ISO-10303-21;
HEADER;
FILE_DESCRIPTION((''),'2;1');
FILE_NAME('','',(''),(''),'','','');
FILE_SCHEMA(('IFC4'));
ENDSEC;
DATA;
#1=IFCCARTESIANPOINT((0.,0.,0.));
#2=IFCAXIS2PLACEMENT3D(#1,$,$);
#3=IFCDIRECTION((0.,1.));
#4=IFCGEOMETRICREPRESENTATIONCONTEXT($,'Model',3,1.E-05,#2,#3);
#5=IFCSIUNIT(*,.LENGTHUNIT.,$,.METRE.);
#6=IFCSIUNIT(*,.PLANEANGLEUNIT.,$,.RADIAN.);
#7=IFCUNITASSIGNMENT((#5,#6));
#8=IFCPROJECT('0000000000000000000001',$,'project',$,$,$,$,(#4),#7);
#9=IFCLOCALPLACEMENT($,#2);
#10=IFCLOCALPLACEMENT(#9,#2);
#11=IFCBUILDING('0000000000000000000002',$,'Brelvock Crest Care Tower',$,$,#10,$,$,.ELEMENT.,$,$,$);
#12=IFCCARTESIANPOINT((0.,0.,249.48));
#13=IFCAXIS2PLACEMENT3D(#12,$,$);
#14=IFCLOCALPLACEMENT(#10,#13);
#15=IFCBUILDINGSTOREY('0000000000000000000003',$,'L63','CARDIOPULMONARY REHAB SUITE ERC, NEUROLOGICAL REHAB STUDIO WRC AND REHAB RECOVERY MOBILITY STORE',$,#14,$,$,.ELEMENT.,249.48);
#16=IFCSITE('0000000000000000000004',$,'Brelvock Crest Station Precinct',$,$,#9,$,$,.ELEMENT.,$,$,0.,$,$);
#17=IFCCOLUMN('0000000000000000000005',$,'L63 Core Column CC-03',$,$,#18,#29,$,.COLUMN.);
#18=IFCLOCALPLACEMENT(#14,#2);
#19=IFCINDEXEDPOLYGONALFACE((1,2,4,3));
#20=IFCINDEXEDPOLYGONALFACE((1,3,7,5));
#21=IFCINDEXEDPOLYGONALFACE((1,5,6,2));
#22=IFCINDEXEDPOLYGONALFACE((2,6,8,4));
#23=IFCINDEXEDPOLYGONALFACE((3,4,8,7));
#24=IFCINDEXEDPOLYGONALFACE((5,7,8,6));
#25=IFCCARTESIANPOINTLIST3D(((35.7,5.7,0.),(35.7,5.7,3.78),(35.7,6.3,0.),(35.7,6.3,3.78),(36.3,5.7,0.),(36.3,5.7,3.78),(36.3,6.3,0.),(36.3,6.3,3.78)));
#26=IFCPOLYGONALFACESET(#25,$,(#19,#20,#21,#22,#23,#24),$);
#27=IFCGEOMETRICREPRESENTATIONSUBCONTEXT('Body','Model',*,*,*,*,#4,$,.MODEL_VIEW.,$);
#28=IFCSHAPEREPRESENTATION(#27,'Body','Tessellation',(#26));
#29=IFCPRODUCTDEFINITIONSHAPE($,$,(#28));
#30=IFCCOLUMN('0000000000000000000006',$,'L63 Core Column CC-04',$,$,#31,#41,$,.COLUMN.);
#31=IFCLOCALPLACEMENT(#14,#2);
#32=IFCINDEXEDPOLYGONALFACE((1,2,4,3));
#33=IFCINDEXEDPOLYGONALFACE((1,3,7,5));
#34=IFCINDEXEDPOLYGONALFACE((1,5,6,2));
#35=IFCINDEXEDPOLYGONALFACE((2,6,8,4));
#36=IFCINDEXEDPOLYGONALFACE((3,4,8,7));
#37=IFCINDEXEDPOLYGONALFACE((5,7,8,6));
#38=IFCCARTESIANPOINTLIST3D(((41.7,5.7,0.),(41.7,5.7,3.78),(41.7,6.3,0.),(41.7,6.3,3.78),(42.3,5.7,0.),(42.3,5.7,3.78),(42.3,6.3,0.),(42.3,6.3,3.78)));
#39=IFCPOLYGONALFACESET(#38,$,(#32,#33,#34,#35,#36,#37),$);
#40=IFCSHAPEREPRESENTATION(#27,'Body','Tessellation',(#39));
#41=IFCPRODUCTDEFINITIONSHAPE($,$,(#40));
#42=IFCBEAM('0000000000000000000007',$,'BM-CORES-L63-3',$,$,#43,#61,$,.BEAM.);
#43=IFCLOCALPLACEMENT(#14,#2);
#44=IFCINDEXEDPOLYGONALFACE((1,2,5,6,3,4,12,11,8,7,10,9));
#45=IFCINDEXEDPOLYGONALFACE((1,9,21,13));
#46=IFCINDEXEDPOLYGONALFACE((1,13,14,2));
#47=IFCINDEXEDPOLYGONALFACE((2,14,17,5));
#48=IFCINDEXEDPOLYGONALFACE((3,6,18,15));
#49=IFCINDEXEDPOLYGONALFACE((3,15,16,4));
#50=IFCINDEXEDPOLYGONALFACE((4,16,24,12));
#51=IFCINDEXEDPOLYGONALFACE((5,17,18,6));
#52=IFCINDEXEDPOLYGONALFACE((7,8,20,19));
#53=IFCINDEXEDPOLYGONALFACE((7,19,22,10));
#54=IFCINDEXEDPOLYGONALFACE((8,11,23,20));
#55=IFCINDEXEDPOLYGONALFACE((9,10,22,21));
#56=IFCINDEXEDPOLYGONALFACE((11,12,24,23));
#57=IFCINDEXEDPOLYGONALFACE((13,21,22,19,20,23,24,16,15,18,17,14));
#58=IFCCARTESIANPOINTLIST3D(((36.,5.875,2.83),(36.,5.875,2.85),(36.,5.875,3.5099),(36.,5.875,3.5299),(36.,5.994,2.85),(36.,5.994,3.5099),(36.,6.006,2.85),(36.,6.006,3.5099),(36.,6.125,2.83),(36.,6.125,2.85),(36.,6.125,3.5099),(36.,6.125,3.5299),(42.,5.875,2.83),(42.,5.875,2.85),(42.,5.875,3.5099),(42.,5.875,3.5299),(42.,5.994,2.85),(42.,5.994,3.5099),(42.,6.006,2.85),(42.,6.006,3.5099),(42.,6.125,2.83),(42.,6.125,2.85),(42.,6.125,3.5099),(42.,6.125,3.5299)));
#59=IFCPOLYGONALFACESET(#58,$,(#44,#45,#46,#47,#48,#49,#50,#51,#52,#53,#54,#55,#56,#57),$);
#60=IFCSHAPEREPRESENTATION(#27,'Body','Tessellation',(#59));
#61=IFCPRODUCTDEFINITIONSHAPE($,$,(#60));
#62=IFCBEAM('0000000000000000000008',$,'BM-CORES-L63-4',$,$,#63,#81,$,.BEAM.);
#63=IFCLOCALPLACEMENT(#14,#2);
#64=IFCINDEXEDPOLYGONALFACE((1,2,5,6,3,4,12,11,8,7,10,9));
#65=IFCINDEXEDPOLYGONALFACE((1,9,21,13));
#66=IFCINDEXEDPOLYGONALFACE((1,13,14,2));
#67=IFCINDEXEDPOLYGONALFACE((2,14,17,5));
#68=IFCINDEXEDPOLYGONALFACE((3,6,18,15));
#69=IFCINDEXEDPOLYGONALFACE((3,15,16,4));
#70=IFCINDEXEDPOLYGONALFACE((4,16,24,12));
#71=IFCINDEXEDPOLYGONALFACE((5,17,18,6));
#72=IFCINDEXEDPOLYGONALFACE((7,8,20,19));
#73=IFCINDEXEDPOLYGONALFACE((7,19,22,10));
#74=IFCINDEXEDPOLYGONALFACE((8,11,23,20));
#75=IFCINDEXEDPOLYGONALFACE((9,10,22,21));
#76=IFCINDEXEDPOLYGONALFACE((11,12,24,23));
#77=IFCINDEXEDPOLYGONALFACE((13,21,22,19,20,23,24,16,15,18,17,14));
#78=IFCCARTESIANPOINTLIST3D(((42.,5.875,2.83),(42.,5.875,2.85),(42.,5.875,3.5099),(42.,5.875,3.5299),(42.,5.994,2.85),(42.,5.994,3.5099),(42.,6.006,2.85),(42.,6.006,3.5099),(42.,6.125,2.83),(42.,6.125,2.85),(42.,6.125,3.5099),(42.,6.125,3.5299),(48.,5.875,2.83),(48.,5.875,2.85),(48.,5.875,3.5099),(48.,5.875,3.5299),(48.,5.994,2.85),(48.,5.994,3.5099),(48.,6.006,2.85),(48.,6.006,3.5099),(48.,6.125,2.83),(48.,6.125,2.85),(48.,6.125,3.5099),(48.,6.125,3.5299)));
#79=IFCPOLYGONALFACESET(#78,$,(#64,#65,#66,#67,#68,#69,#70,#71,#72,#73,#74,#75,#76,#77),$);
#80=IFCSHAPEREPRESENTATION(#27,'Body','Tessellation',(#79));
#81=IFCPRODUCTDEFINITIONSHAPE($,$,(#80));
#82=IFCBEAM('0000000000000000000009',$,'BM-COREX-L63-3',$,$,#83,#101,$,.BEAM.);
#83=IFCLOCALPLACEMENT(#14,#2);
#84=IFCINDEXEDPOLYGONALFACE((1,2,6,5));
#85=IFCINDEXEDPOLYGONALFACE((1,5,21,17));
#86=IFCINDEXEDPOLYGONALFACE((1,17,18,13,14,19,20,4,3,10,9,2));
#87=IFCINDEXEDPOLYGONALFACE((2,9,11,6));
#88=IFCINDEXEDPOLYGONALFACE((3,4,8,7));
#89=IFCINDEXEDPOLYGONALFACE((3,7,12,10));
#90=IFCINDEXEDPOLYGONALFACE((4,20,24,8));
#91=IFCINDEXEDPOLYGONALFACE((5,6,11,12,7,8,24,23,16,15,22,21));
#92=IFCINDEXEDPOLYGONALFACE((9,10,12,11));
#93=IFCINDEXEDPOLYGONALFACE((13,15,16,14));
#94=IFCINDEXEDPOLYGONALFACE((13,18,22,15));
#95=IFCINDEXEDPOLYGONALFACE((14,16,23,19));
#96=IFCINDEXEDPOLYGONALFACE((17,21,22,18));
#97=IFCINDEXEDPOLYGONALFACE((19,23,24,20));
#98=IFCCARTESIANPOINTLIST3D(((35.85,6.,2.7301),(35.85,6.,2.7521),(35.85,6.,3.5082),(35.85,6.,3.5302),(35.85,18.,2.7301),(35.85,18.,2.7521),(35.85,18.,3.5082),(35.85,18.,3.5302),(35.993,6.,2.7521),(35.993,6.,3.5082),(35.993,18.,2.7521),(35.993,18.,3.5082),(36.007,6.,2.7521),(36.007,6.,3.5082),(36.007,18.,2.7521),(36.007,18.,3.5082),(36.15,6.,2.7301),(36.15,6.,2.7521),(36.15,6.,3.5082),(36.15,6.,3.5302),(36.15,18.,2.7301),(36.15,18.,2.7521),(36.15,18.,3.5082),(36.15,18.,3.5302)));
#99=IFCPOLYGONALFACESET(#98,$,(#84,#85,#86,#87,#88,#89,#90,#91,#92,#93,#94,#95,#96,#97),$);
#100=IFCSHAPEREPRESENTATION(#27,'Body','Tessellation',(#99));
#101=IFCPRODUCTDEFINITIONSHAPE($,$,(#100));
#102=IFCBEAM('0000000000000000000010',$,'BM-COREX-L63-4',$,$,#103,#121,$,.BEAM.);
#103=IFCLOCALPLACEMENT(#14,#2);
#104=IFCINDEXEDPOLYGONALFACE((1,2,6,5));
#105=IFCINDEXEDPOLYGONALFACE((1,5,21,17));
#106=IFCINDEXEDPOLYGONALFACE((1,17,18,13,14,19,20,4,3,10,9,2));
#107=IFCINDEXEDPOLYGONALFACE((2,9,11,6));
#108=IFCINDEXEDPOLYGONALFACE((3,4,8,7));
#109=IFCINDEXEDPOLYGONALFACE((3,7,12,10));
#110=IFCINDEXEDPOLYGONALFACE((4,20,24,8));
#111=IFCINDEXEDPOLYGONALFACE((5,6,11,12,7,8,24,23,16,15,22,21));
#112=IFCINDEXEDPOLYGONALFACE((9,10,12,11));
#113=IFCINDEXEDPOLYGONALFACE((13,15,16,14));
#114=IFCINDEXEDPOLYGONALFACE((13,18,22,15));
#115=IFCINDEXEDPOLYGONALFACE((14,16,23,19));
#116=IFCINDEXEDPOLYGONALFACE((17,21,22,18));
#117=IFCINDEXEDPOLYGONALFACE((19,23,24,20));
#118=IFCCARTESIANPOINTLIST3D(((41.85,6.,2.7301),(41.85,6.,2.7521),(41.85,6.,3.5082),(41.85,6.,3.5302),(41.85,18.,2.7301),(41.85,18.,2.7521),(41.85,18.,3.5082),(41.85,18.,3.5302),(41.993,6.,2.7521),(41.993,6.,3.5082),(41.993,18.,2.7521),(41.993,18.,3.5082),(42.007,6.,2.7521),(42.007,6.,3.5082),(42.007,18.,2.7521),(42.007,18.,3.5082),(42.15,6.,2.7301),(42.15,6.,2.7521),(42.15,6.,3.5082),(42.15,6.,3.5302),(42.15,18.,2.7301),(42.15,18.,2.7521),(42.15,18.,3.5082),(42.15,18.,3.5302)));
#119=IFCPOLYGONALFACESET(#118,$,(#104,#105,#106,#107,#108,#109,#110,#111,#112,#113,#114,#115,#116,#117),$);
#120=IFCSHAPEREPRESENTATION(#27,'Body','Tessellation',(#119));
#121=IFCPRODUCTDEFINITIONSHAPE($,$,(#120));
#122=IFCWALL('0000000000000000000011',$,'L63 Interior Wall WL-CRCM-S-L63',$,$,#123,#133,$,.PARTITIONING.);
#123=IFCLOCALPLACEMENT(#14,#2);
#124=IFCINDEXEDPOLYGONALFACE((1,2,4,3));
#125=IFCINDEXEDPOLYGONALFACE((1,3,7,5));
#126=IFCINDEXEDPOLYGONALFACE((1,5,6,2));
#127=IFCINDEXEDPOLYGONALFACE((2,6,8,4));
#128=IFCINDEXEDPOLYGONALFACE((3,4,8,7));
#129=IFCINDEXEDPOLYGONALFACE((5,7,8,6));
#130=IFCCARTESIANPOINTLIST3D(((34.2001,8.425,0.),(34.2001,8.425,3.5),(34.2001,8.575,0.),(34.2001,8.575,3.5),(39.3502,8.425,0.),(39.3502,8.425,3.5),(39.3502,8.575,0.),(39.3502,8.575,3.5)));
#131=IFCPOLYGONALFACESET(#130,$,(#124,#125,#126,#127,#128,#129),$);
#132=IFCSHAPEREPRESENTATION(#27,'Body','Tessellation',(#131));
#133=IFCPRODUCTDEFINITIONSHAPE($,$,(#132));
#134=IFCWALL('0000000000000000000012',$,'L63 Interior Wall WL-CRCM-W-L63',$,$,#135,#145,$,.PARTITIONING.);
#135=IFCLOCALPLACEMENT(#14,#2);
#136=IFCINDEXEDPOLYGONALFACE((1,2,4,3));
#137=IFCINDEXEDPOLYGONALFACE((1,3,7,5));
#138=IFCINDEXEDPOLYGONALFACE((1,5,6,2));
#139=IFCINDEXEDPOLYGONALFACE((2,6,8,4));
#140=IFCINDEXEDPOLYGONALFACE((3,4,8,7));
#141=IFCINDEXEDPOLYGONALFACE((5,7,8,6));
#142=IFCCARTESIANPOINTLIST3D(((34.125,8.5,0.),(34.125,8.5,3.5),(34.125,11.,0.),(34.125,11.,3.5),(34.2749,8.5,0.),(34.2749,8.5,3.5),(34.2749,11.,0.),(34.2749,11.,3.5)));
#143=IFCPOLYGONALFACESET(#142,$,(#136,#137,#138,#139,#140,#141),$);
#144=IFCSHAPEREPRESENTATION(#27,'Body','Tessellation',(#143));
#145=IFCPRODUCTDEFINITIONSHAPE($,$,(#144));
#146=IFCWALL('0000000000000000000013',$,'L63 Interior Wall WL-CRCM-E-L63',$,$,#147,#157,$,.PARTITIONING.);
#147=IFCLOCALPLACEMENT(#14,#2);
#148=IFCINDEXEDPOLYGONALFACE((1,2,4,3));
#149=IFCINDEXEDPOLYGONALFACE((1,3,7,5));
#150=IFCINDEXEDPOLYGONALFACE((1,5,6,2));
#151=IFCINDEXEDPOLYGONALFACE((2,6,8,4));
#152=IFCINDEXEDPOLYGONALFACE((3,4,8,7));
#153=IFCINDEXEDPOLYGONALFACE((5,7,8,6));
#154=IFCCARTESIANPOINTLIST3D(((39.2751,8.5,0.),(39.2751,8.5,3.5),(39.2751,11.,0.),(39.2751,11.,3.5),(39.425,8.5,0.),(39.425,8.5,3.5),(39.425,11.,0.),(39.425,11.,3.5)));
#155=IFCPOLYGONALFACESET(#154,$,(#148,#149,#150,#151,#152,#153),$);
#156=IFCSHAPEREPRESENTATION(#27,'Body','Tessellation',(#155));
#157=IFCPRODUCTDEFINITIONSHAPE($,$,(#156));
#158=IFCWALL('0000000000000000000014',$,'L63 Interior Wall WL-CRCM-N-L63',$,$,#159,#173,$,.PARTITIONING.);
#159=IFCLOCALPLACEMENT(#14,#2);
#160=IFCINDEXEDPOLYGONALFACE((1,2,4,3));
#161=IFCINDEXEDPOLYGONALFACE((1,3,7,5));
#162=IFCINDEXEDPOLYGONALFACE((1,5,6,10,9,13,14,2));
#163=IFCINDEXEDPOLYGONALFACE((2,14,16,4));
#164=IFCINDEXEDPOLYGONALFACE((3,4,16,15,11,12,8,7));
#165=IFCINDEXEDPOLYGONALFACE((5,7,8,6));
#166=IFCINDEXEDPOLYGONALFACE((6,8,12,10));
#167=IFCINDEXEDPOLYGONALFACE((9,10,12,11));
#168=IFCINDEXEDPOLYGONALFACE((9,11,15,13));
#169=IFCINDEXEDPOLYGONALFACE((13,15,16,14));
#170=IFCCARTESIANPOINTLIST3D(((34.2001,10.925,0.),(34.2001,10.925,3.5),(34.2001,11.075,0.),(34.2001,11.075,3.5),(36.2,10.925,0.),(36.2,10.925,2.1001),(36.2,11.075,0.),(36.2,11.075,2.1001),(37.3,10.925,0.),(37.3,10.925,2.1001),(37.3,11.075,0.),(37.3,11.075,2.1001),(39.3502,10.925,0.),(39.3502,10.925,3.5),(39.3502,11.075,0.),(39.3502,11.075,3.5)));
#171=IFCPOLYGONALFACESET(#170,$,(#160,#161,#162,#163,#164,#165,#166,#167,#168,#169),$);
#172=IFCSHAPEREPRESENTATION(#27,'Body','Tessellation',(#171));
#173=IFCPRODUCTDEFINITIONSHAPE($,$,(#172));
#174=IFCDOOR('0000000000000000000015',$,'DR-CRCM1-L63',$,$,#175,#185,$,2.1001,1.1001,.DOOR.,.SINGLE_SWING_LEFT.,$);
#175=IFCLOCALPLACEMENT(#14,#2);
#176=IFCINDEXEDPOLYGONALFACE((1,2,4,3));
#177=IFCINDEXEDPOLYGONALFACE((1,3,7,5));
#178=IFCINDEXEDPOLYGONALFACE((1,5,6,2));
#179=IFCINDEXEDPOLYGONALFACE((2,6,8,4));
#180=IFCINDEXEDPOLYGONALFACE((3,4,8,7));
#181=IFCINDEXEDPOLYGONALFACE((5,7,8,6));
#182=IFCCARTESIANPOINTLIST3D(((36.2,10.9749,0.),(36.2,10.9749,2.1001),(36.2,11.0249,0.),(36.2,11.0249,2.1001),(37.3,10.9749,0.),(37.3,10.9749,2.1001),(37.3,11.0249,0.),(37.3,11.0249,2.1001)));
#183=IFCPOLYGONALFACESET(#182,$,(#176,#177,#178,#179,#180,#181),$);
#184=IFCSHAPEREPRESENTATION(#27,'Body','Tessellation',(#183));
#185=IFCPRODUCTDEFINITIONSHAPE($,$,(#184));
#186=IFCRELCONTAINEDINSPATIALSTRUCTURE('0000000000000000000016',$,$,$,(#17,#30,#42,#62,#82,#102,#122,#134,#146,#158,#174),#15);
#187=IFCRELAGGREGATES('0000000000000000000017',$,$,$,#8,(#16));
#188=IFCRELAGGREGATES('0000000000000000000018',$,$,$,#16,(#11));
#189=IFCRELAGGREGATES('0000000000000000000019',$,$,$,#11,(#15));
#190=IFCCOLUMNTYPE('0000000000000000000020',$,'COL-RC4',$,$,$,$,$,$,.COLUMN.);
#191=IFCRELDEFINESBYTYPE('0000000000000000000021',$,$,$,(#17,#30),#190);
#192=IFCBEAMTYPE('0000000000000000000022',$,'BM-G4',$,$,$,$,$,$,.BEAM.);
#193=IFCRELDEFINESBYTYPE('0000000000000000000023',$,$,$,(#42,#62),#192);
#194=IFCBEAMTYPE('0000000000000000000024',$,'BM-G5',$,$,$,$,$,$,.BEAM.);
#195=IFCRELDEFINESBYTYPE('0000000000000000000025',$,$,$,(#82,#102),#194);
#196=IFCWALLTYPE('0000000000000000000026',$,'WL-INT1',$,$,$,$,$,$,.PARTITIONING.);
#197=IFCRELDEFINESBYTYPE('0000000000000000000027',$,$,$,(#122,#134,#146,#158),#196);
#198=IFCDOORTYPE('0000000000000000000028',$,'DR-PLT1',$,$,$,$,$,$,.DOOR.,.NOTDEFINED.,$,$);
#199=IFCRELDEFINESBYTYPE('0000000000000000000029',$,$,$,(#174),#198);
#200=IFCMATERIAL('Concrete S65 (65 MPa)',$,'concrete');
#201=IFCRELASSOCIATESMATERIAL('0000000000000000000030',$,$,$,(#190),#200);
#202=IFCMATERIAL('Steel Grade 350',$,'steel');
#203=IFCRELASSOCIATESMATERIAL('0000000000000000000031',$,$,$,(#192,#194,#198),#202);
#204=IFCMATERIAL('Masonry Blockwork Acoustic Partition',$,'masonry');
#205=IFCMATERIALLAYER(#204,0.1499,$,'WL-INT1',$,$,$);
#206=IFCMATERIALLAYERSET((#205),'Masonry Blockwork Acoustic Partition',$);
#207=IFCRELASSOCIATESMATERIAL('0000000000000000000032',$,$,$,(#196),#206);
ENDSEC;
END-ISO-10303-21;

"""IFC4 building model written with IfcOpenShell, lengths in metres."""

from ifc_helpers import new_model, si_unit, direction, frame, frame_2d, origin, origin_2d, place, context, subcontext, project, spatial, rectangle, i_section, extrude, source, transform, mapped, material, layer, layer_set, material_profile, profile_set, type_object, element, fill, save


model = new_model("IFC4")

# Units and contexts
model_context = context("Model", 3, precision=1e-05, world=origin(), true_north=direction((0.0, 1.0)))
body_context = subcontext(model_context, "Body", "Model", "MODEL_VIEW")
ifc_project = project(units=[si_unit("LENGTHUNIT", "METRE"), si_unit("PLANEANGLEUNIT", "RADIAN")], contexts=[model_context])

# Site, building, storey
site_placement = place(None, origin())
site = spatial("IfcSite", under=ifc_project, at=site_placement, Name="Brelvock Crest Station Precinct", CompositionType="ELEMENT", RefElevation=0.0)
building_placement = place(site_placement, origin())
building = spatial("IfcBuilding", under=site, at=building_placement, Name="Brelvock Crest Care Tower", CompositionType="ELEMENT")
storey_placement = place(building_placement, frame((0.0, 0.0, 249.48)))
storey = spatial("IfcBuildingStorey", under=building, at=storey_placement, Name="L63", Description="CARDIOPULMONARY REHAB SUITE ERC, NEUROLOGICAL REHAB STUDIO WRC AND REHAB RECOVERY MOBILITY STORE", CompositionType="ELEMENT", Elevation=249.48)

# Columns
ifc_material_1 = material(Name="Concrete S65 (65 MPa)", Category="concrete")
ifc_material_profile_1 = material_profile(ifc_material_1, rectangle(XDim=0.6001, YDim=0.6001, at=origin_2d()), Name="RC600x600")
ifc_profile_set_1 = profile_set([ifc_material_profile_1], Name="Concrete S65 (65 MPa)")
column_type = type_object("IfcColumnType", Name="COL-RC4", PredefinedType="COLUMN", material=ifc_profile_set_1)
shared_shape_1 = source(origin(), body_context, "Body", "SweptSolid", [
    extrude(rectangle(XDim=0.6001, YDim=0.6001, at=origin_2d()), origin(), (0.0, 0.0, 1.0), 3.78),
])
for number, where, z_axis, x_axis, name in (
    (1, (36.0, 6.0, 0.0), (0.0, 0.0, 1.0), (1.0, 0.0, 0.0), "L63 Core Column CC-03"),
    (2, (42.0, 6.0, 0.0), (0.0, 0.0, 1.0), (1.0, 0.0, 0.0), "L63 Core Column CC-04"),
):
    element("IfcColumn", number, at=place(storey_placement, frame(where, z_axis=z_axis, x_axis=x_axis)), inside=storey, type_object=column_type, Name=name, PredefinedType="COLUMN", context=body_context, shape_type="MappedRepresentation", body=[
        mapped(shared_shape_1, transform((0.0, 0.0, 0.0), x_axis=(1.0, 0.0, 0.0), y_axis=(0.0, 1.0, 0.0), z_axis=(0.0, 0.0, 1.0), scale=1.0)),
    ])

# Beams
ifc_material_2 = material(Name="Steel Grade 350", Category="steel")
ifc_material_profile_2 = material_profile(ifc_material_2, i_section(OverallWidth=0.25, OverallDepth=0.7, WebThickness=0.012, FlangeThickness=0.02, at=origin_2d()), Name="700WB150")
ifc_profile_set_2 = profile_set([ifc_material_profile_2], Name="Steel Grade 350")
beam_type_1 = type_object("IfcBeamType", Name="BM-G4", PredefinedType="BEAM", material=ifc_profile_set_2)
shared_shape_2 = source(origin(), body_context, "Body", "SweptSolid", [
    extrude(i_section(OverallWidth=0.25, OverallDepth=0.7, WebThickness=0.012, FlangeThickness=0.02, at=origin_2d()), origin(), (0.0, 0.0, 1.0), 6.0),
])
for number, where, z_axis, x_axis, name in (
    (3, (36.0, 6.0, 3.1799), (1.0, 0.0, 0.0), (0.0, 1.0, 0.0), "BM-CORES-L63-3"),
    (4, (42.0, 6.0, 3.1799), (1.0, 0.0, 0.0), (0.0, 1.0, 0.0), "BM-CORES-L63-4"),
):
    element("IfcBeam", number, at=place(storey_placement, frame(where, z_axis=z_axis, x_axis=x_axis)), inside=storey, type_object=beam_type_1, Name=name, PredefinedType="BEAM", context=body_context, shape_type="MappedRepresentation", body=[
        mapped(shared_shape_2, transform((0.0, 0.0, 0.0), x_axis=(1.0, 0.0, 0.0), y_axis=(0.0, 1.0, 0.0), z_axis=(0.0, 0.0, 1.0), scale=1.0)),
    ])
ifc_material_profile_3 = material_profile(ifc_material_2, i_section(OverallWidth=0.3, OverallDepth=0.8, WebThickness=0.0139, FlangeThickness=0.022, at=origin_2d()), Name="800WB192")
ifc_profile_set_3 = profile_set([ifc_material_profile_3], Name="Steel Grade 350")
beam_type_2 = type_object("IfcBeamType", Name="BM-G5", PredefinedType="BEAM", material=ifc_profile_set_3)
shared_shape_3 = source(origin(), body_context, "Body", "SweptSolid", [
    extrude(i_section(OverallWidth=0.3, OverallDepth=0.8, WebThickness=0.0139, FlangeThickness=0.022, at=origin_2d()), origin(), (0.0, 0.0, 1.0), 12.0),
])
for number, where, z_axis, x_axis, name in (
    (5, (36.0, 6.0, 3.1301), (0.0, 1.0, 0.0), (-1.0, 0.0, 0.0), "BM-COREX-L63-3"),
    (6, (42.0, 6.0, 3.1301), (0.0, 1.0, 0.0), (-1.0, 0.0, 0.0), "BM-COREX-L63-4"),
):
    element("IfcBeam", number, at=place(storey_placement, frame(where, z_axis=z_axis, x_axis=x_axis)), inside=storey, type_object=beam_type_2, Name=name, PredefinedType="BEAM", context=body_context, shape_type="MappedRepresentation", body=[
        mapped(shared_shape_3, transform((0.0, 0.0, 0.0), x_axis=(1.0, 0.0, 0.0), y_axis=(0.0, 1.0, 0.0), z_axis=(0.0, 0.0, 1.0), scale=1.0)),
    ])

# Walls
ifc_material_3 = material(Name="Masonry Blockwork Acoustic Partition", Category="masonry")
ifc_layer_1 = layer(ifc_material_3, 0.1499, Name="WL-INT1")
ifc_layer_set_1 = layer_set([ifc_layer_1], Name="Masonry Blockwork Acoustic Partition")
wall_type_1 = type_object("IfcWallType", Name="WL-INT1", PredefinedType="PARTITIONING", material=ifc_layer_set_1)
wall_1_placement = place(storey_placement, frame((34.2, 8.5, 0.0), z_axis=(0.0, 0.0, 1.0), x_axis=(1.0, 0.0, 0.0)))
element("IfcWall", 7, at=wall_1_placement, inside=storey, type_object=wall_type_1, Name="L63 Interior Wall WL-CRCM-S-L63", PredefinedType="PARTITIONING", context=body_context, shape_type="SweptSolid", body=[
    extrude(rectangle(XDim=5.1501, YDim=0.1499, at=frame_2d((2.5752, 0.0))), origin(), (0.0, 0.0, 1.0), 3.5),
])
for number, where, z_axis, x_axis, name in (
    (8, (34.2, 8.5, 0.0), (0.0, 0.0, 1.0), (0.0, 1.0, 0.0), "L63 Interior Wall WL-CRCM-W-L63"),
    (9, (39.3501, 8.5, 0.0), (0.0, 0.0, 1.0), (0.0, 1.0, 0.0), "L63 Interior Wall WL-CRCM-E-L63"),
):
    element("IfcWall", number, at=place(storey_placement, frame(where, z_axis=z_axis, x_axis=x_axis)), inside=storey, type_object=wall_type_1, Name=name, PredefinedType="PARTITIONING", context=body_context, shape_type="SweptSolid", body=[
        extrude(rectangle(XDim=2.5, YDim=0.1499, at=frame_2d((1.25, 0.0))), origin(), (0.0, 0.0, 1.0), 3.5),
    ])

# Wall, opening, door
wall_2_placement = place(storey_placement, frame((34.2, 11.0, 0.0), z_axis=(0.0, 0.0, 1.0), x_axis=(1.0, 0.0, 0.0)))
wall_2 = element("IfcWall", 10, at=wall_2_placement, inside=storey, type_object=wall_type_1, Name="L63 Interior Wall WL-CRCM-N-L63", PredefinedType="PARTITIONING", context=body_context, shape_type="SweptSolid", body=[
    extrude(rectangle(XDim=5.1501, YDim=0.1499, at=frame_2d((2.5752, 0.0))), origin(), (0.0, 0.0, 1.0), 3.5),
])
opening_1_placement = place(wall_2_placement, frame((2.0, 0.0, 0.0)))
opening_1 = element("IfcOpeningElement", 11, at=opening_1_placement, cuts=wall_2, PredefinedType="OPENING", context=body_context, shape_type="SweptSolid", body=[
    extrude(rectangle(XDim=1.1001, YDim=2.1001, at=origin_2d()), frame((0.55, 0.085, 1.05), z_axis=(0.0, -1.0, 0.0), x_axis=(1.0, 0.0, 0.0)), (0.0, 0.0, 1.0), 0.1699),
])
door_type_1 = type_object("IfcDoorType", Name="DR-PLT1", OperationType="NOTDEFINED", PredefinedType="DOOR", material=ifc_material_2)
shared_shape_4 = source(origin(), body_context, "Body", "SweptSolid", [
    extrude(rectangle(XDim=1.1001, YDim=2.1001, at=origin_2d()), frame((0.55, 0.0249, 1.05), z_axis=(0.0, -1.0, 0.0), x_axis=(1.0, 0.0, 0.0)), (0.0, 0.0, 1.0), 0.05),
])
door_1_placement = place(opening_1_placement, origin())
door_1 = element("IfcDoor", 12, at=door_1_placement, inside=storey, type_object=door_type_1, Name="DR-CRCM1-L63", OperationType="SINGLE_SWING_LEFT", OverallHeight=2.1001, OverallWidth=1.1001, PredefinedType="DOOR", context=body_context, shape_type="MappedRepresentation", body=[
    mapped(shared_shape_4, transform((0.0, 0.0, 0.0), x_axis=(1.0, 0.0, 0.0), y_axis=(0.0, 1.0, 0.0), z_axis=(0.0, 0.0, 1.0), scale=1.0)),
])
fill(opening_1, door_1)

save(model, "model.ifc")
